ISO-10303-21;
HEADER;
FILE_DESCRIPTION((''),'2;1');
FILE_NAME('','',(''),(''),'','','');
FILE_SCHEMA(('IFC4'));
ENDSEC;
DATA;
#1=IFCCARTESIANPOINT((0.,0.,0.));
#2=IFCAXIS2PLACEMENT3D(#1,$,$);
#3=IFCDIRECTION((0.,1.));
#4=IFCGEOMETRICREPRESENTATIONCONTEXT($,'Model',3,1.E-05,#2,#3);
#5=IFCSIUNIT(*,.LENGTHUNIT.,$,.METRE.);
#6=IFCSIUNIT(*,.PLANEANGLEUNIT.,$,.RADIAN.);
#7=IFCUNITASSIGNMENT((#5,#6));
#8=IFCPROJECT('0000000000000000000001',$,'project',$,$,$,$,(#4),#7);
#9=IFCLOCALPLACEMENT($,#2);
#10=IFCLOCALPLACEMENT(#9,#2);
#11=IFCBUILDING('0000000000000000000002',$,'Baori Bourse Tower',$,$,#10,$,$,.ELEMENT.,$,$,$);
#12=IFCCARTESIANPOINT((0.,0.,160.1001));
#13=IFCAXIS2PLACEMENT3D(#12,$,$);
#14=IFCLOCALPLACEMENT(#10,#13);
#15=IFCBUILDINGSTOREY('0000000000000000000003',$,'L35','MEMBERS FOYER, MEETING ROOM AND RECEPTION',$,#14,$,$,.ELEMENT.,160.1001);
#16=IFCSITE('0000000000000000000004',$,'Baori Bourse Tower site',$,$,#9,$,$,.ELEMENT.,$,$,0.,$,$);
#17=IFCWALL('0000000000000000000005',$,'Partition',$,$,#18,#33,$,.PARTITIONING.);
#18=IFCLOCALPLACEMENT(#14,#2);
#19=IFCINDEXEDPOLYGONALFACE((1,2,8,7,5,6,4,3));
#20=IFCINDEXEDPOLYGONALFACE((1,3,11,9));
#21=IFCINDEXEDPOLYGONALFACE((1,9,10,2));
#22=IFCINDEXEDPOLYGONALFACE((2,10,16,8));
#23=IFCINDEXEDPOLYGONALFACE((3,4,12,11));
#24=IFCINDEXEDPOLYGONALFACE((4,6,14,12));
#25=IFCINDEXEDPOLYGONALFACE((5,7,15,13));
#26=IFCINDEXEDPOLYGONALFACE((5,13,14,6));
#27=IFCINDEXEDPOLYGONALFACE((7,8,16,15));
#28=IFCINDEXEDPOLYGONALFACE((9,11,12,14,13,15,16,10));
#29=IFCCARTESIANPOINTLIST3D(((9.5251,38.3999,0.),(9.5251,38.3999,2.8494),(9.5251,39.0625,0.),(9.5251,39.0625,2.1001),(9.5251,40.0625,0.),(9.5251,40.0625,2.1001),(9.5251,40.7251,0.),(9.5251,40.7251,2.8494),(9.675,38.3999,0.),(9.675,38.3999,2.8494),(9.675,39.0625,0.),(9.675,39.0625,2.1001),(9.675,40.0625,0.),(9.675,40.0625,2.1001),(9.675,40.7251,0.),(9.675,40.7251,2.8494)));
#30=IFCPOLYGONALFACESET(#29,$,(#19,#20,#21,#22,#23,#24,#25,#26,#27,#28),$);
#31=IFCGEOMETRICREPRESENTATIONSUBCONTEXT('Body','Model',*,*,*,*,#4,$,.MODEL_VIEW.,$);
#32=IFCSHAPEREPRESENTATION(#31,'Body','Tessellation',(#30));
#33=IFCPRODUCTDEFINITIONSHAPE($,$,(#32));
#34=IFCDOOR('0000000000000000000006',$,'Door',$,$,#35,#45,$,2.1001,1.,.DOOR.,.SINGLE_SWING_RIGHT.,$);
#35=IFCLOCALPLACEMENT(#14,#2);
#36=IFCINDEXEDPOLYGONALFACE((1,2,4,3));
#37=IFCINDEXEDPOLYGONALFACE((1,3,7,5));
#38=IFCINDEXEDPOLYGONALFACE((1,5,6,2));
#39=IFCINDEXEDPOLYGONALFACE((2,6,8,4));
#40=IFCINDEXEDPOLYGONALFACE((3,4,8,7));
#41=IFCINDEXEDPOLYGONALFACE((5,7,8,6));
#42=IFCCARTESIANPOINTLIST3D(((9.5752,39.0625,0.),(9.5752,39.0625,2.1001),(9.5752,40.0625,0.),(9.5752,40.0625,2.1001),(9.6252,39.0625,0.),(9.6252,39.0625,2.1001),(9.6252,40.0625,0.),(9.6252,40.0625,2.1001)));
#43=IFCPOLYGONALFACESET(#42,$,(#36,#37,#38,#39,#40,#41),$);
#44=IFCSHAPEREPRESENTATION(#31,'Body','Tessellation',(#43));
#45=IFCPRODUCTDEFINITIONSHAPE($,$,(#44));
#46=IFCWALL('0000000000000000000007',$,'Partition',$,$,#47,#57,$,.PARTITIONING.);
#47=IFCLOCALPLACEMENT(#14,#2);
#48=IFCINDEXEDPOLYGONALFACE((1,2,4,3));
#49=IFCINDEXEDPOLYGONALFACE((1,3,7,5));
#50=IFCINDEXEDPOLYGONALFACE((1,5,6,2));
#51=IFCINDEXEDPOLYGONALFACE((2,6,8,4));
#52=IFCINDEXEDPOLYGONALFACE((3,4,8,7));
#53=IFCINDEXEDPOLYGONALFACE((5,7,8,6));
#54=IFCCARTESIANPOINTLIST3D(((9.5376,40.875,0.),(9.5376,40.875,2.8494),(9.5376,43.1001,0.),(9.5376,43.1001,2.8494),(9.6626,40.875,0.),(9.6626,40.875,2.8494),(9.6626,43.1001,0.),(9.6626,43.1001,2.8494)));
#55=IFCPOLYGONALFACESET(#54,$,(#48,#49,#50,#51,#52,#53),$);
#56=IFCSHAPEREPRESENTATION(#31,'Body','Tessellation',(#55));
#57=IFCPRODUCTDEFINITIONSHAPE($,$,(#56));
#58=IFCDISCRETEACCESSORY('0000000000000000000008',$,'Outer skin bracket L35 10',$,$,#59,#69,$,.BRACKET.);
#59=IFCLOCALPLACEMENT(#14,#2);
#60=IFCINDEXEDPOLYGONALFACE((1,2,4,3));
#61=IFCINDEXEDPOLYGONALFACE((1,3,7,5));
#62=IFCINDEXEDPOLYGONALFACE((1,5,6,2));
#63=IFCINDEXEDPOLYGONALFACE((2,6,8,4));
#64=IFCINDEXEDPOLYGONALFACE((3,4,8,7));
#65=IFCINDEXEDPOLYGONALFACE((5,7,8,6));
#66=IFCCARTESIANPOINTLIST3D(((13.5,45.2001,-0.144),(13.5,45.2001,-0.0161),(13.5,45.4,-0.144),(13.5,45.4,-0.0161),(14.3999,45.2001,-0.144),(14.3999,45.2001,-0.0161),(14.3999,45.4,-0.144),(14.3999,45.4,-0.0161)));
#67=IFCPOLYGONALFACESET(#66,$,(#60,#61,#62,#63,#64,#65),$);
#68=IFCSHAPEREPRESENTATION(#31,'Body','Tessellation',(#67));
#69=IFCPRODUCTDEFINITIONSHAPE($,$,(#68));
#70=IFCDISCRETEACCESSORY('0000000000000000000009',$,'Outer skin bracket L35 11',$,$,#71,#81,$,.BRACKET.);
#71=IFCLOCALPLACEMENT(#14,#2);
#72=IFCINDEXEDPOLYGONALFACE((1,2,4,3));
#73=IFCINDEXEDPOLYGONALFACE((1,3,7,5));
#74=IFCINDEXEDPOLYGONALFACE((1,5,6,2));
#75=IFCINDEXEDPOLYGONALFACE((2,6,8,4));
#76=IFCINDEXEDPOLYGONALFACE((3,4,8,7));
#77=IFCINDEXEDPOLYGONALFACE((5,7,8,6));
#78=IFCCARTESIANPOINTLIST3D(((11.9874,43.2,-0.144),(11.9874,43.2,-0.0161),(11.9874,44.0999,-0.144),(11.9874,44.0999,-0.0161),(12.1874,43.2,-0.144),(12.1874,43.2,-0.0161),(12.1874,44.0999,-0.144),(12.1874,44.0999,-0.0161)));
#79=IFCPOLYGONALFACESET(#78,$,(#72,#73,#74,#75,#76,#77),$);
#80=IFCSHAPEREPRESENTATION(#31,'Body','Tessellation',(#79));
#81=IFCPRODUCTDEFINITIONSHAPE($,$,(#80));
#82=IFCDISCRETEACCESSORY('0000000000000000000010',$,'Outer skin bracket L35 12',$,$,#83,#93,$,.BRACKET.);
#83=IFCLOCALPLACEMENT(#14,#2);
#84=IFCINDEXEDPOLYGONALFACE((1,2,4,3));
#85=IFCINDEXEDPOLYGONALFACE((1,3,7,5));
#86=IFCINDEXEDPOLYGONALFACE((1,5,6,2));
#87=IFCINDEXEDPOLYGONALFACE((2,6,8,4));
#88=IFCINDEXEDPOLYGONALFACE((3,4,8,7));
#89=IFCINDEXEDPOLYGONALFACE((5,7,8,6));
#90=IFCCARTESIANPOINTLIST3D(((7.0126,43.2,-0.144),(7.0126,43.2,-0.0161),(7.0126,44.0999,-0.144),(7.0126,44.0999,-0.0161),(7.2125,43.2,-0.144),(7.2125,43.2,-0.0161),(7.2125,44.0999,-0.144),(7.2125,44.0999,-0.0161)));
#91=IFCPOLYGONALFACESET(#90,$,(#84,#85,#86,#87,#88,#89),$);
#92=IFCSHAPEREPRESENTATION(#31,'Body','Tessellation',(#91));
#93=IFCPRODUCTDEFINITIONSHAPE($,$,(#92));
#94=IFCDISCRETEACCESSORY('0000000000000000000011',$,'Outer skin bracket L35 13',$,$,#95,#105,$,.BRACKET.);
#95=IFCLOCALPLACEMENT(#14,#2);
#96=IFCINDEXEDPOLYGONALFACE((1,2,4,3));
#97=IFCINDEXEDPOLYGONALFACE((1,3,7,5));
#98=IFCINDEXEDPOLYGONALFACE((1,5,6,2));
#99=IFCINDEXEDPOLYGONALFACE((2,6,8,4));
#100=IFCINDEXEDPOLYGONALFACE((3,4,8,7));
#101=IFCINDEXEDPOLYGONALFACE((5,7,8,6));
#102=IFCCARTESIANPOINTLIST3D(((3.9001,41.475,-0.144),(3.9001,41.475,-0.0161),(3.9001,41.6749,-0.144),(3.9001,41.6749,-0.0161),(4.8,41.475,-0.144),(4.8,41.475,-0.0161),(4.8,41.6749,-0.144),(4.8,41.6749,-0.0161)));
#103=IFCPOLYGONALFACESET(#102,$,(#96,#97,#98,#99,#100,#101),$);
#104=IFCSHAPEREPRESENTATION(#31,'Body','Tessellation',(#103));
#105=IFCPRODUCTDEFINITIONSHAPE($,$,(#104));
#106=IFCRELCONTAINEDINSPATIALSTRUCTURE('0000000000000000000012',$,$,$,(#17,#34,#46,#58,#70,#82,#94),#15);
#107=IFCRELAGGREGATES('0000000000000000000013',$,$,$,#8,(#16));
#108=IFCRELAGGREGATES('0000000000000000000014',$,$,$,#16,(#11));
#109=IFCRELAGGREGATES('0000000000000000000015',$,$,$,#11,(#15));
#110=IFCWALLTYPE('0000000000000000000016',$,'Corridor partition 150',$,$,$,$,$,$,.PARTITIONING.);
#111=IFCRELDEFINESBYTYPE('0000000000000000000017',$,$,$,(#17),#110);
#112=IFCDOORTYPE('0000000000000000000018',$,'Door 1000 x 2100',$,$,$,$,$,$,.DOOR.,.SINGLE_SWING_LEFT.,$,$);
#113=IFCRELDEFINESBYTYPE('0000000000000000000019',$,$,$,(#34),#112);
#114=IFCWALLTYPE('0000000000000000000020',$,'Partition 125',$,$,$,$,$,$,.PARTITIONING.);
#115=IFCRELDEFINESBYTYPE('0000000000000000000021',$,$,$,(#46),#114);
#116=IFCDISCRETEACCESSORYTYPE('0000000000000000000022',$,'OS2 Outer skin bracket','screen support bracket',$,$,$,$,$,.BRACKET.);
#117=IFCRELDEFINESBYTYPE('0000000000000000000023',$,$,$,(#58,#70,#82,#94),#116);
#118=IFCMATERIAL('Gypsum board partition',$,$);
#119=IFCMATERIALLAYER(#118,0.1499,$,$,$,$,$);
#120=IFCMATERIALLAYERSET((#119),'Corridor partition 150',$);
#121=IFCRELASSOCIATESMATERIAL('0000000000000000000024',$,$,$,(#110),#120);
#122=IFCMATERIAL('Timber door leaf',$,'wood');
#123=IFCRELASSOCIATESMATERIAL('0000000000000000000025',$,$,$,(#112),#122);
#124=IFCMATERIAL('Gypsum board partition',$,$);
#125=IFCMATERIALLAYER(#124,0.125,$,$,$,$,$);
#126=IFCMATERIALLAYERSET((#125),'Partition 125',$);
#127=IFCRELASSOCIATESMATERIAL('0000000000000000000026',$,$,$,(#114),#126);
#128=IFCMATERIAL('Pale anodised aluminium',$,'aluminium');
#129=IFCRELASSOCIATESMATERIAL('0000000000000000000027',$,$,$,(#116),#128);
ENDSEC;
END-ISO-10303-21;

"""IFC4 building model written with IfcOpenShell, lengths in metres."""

from ifc_helpers import new_model, si_unit, direction, frame, frame_2d, origin, origin_2d, place, context, subcontext, project, spatial, rectangle, extrude, material, layer, layer_set, type_object, element, fill, save


model = new_model("IFC4")

# Units and contexts
model_context = context("Model", 3, precision=1e-05, world=origin(), true_north=direction((0.0, 1.0)))
body_context = subcontext(model_context, "Body", "Model", "MODEL_VIEW")
ifc_project = project(units=[si_unit("LENGTHUNIT", "METRE"), si_unit("PLANEANGLEUNIT", "RADIAN")], contexts=[model_context])

# Site, building, storey
site_placement = place(None, origin())
site = spatial("IfcSite", under=ifc_project, at=site_placement, Name="Baori Bourse Tower site", CompositionType="ELEMENT", RefElevation=0.0)
building_placement = place(site_placement, origin())
building = spatial("IfcBuilding", under=site, at=building_placement, Name="Baori Bourse Tower", CompositionType="ELEMENT")
storey_placement = place(building_placement, frame((0.0, 0.0, 160.1001)))
storey = spatial("IfcBuildingStorey", under=building, at=storey_placement, Name="L35", Description="MEMBERS FOYER, MEETING ROOM AND RECEPTION", CompositionType="ELEMENT", Elevation=160.1001)

# Shared definitions
ifc_material_1 = material(Name="Gypsum board partition")
ifc_layer_1 = layer(ifc_material_1, 0.1499)
ifc_layer_set_1 = layer_set([ifc_layer_1], Name="Corridor partition 150")
wall_type_1 = type_object("IfcWallType", Name="Corridor partition 150", PredefinedType="PARTITIONING", material=ifc_layer_set_1)
ifc_material_2 = material(Name="Timber door leaf", Category="wood")
door_type_1 = type_object("IfcDoorType", Name="Door 1000 x 2100", OperationType="SINGLE_SWING_LEFT", PredefinedType="DOOR", material=ifc_material_2)

# Wall, opening, door
wall_1_placement = place(storey_placement, frame((9.6001, 38.3999, 0.0), z_axis=(0.0, 0.0, 1.0), x_axis=(0.0, 1.0, 0.0)))
wall_1 = element("IfcWall", 1, at=wall_1_placement, inside=storey, type_object=wall_type_1, Name="Partition", PredefinedType="PARTITIONING", context=body_context, shape_type="SweptSolid", body=[
    extrude(rectangle(XDim=2.3252, YDim=0.1499, at=frame_2d((1.1626, 0.0))), origin(), (0.0, 0.0, 1.0), 2.8494),
])
opening_1_placement = place(wall_1_placement, frame((0.6626, 0.0, 0.0)))
opening_1 = element("IfcOpeningElement", 2, at=opening_1_placement, cuts=wall_1, PredefinedType="OPENING", context=body_context, shape_type="SweptSolid", body=[
    extrude(rectangle(XDim=1.0, YDim=2.1001, at=frame_2d((0.5, 1.05))), frame((0.0, 0.085, 0.0), z_axis=(0.0, -1.0, 0.0), x_axis=(1.0, 0.0, 0.0)), (0.0, 0.0, 1.0), 0.1699),
])
door_1_placement = place(opening_1_placement, origin())
door_1 = element("IfcDoor", 3, at=door_1_placement, inside=storey, type_object=door_type_1, Name="Door", OperationType="SINGLE_SWING_RIGHT", OverallHeight=2.1001, OverallWidth=1.0, PredefinedType="DOOR", context=body_context, shape_type="SweptSolid", body=[
    extrude(rectangle(XDim=1.0, YDim=2.1001, at=frame_2d((0.5, 1.05))), frame((0.0, 0.0249, 0.0), z_axis=(0.0, -1.0, 0.0), x_axis=(1.0, 0.0, 0.0)), (0.0, 0.0, 1.0), 0.05),
])
fill(opening_1, door_1)

# Wall
ifc_material_3 = material(Name="Gypsum board partition")
ifc_layer_2 = layer(ifc_material_3, 0.125)
ifc_layer_set_2 = layer_set([ifc_layer_2], Name="Partition 125")
wall_type_2 = type_object("IfcWallType", Name="Partition 125", PredefinedType="PARTITIONING", material=ifc_layer_set_2)
wall_2_placement = place(storey_placement, frame((9.6001, 40.875, 0.0), z_axis=(0.0, 0.0, 1.0), x_axis=(0.0, 1.0, 0.0)))
element("IfcWall", 4, at=wall_2_placement, inside=storey, type_object=wall_type_2, Name="Partition", PredefinedType="PARTITIONING", context=body_context, shape_type="SweptSolid", body=[
    extrude(rectangle(XDim=2.2251, YDim=0.125, at=frame_2d((1.1125, 0.0))), origin(), (0.0, 0.0, 1.0), 2.8494),
])

# Discrete accessories
ifc_material_4 = material(Name="Pale anodised aluminium", Category="aluminium")
discrete_accessory_type = type_object("IfcDiscreteAccessoryType", Name="OS2 Outer skin bracket", Description="screen support bracket", PredefinedType="BRACKET", material=ifc_material_4)
for number, where, z_axis, x_axis, name in (
    (5, (13.95, 45.3, -0.144), (0.0, 0.0, 1.0), (0.0, -1.0, 0.0), "Outer skin bracket L35 10"),
    (6, (12.0874, 43.6499, -0.144), (0.0, 0.0, 1.0), (-1.0, 0.0, 0.0), "Outer skin bracket L35 11"),
    (7, (7.1125, 43.6499, -0.144), (0.0, 0.0, 1.0), (-1.0, 0.0, 0.0), "Outer skin bracket L35 12"),
    (8, (4.3501, 41.575, -0.144), (0.0, 0.0, 1.0), (0.0, -1.0, 0.0), "Outer skin bracket L35 13"),
):
    element("IfcDiscreteAccessory", number, at=place(storey_placement, frame(where, z_axis=z_axis, x_axis=x_axis)), inside=storey, type_object=discrete_accessory_type, Name=name, PredefinedType="BRACKET", context=body_context, shape_type="SweptSolid", body=[
        extrude(rectangle(XDim=0.2, YDim=0.8999, at=origin_2d()), origin(), (0.0, 0.0, 1.0), 0.1279),
    ])

save(model, "model.ifc")
